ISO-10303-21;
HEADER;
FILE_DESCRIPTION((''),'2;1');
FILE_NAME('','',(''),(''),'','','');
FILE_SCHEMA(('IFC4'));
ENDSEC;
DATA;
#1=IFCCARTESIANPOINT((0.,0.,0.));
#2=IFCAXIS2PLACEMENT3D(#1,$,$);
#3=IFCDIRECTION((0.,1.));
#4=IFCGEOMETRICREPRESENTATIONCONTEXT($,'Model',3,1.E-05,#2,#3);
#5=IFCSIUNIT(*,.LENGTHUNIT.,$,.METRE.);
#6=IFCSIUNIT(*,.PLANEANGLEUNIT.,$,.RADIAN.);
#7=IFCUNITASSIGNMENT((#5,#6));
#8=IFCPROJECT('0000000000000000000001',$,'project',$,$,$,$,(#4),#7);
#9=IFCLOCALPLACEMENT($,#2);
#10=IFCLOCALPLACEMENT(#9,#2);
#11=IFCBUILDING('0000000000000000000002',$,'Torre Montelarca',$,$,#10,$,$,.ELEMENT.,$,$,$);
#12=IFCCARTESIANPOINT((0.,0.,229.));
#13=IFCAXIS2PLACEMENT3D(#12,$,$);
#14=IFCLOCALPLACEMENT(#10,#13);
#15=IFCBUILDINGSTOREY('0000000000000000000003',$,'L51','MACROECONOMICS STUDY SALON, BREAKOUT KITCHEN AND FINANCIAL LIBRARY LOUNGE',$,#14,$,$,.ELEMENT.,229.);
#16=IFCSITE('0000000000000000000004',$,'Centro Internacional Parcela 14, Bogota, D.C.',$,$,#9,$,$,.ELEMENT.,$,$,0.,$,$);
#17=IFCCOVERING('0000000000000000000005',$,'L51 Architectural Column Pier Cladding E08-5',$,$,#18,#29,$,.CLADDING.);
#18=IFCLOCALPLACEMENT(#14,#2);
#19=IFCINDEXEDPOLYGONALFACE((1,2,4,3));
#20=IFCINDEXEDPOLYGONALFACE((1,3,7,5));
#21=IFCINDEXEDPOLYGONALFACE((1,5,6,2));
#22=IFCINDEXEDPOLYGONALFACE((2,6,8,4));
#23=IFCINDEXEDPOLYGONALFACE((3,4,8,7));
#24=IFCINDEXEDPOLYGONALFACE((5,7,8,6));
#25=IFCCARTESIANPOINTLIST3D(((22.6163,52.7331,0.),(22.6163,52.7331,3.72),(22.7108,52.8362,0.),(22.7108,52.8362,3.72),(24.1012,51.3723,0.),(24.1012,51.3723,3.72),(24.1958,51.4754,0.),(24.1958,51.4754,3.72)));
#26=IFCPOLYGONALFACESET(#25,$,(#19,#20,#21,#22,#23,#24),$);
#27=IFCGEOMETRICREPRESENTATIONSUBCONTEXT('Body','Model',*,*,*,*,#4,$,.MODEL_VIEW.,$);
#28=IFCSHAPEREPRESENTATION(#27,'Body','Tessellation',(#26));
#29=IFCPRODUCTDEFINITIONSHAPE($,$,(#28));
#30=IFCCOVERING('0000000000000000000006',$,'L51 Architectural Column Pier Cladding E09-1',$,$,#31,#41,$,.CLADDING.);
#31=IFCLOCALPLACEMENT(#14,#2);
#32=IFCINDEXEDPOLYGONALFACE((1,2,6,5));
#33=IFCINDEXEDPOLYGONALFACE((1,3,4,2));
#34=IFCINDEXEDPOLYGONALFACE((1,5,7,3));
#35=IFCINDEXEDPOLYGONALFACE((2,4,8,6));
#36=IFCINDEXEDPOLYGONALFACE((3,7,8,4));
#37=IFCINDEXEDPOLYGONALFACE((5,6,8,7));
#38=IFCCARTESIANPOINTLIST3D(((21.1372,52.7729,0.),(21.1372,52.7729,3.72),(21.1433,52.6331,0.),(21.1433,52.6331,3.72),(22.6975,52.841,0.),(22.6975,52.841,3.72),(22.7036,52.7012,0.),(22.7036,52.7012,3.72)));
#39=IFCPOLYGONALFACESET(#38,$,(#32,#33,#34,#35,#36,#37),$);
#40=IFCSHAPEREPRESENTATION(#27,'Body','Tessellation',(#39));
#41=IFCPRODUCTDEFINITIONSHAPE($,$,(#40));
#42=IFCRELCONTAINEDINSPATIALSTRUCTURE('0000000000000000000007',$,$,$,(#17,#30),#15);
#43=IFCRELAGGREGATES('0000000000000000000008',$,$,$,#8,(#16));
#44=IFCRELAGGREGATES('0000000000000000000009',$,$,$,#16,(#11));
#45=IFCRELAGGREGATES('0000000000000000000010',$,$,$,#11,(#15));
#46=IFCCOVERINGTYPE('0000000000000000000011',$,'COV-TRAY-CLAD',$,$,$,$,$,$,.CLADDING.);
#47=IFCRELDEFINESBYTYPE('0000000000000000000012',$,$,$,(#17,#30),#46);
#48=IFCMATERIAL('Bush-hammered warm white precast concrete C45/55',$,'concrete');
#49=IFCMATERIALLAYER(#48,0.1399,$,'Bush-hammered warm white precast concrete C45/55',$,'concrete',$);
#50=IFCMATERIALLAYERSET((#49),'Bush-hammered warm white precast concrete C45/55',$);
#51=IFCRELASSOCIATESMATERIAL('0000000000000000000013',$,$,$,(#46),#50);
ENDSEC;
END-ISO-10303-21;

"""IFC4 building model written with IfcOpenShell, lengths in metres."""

from ifc_helpers import new_model, si_unit, direction, frame, origin, origin_2d, place, context, subcontext, project, spatial, rectangle, extrude, source, transform, mapped, material, layer, layer_set, type_object, element, save


model = new_model("IFC4")

# Units and contexts
model_context = context("Model", 3, precision=1e-05, world=origin(), true_north=direction((0.0, 1.0)))
body_context = subcontext(model_context, "Body", "Model", "MODEL_VIEW")
ifc_project = project(units=[si_unit("LENGTHUNIT", "METRE"), si_unit("PLANEANGLEUNIT", "RADIAN")], contexts=[model_context])

# Site, building, storey
site_placement = place(None, origin())
site = spatial("IfcSite", under=ifc_project, at=site_placement, Name="Centro Internacional Parcela 14, Bogota, D.C.", CompositionType="ELEMENT", RefElevation=0.0)
building_placement = place(site_placement, origin())
building = spatial("IfcBuilding", under=site, at=building_placement, Name="Torre Montelarca", CompositionType="ELEMENT")
storey_placement = place(building_placement, frame((0.0, 0.0, 229.0)))
storey = spatial("IfcBuildingStorey", under=building, at=storey_placement, Name="L51", Description="MACROECONOMICS STUDY SALON, BREAKOUT KITCHEN AND FINANCIAL LIBRARY LOUNGE", CompositionType="ELEMENT", Elevation=229.0)

# Coverings
ifc_material_1 = material(Name="Bush-hammered warm white precast concrete C45/55", Category="concrete")
ifc_layer_1 = layer(ifc_material_1, 0.1399, Name="Bush-hammered warm white precast concrete C45/55", Category="concrete")
ifc_layer_set_1 = layer_set([ifc_layer_1], Name="Bush-hammered warm white precast concrete C45/55")
covering_type = type_object("IfcCoveringType", Name="COV-TRAY-CLAD", PredefinedType="CLADDING", material=ifc_layer_set_1)
shared_shape_1 = source(origin(), body_context, "Body", "SweptSolid", [
    extrude(rectangle(XDim=2.0142, YDim=0.1399, at=origin_2d()), origin(), (0.0, 0.0, 1.0), 3.72),
])
covering_1_placement = place(storey_placement, frame((23.406, 52.1042, 0.0), z_axis=(0.0, 0.0, 1.0), x_axis=(-0.737277, 0.67559, 0.0)))
element("IfcCovering", 1, at=covering_1_placement, inside=storey, type_object=covering_type, Name="L51 Architectural Column Pier Cladding E08-5", PredefinedType="CLADDING", context=body_context, shape_type="MappedRepresentation", body=[
    mapped(shared_shape_1, transform((0.0, 0.0, 0.0), scale=1.0)),
])
shared_shape_2 = source(origin(), body_context, "Body", "SweptSolid", [
    extrude(rectangle(XDim=1.5618, YDim=0.1399, at=origin_2d()), origin(), (0.0, 0.0, 1.0), 3.72),
])
covering_2_placement = place(storey_placement, frame((21.9204, 52.7371, 0.0), z_axis=(0.0, 0.0, 1.0), x_axis=(-0.999048, -0.043628, 0.0)))
element("IfcCovering", 2, at=covering_2_placement, inside=storey, type_object=covering_type, Name="L51 Architectural Column Pier Cladding E09-1", PredefinedType="CLADDING", context=body_context, shape_type="MappedRepresentation", body=[
    mapped(shared_shape_2, transform((0.0, 0.0, 0.0), scale=1.0)),
])

save(model, "model.ifc")
